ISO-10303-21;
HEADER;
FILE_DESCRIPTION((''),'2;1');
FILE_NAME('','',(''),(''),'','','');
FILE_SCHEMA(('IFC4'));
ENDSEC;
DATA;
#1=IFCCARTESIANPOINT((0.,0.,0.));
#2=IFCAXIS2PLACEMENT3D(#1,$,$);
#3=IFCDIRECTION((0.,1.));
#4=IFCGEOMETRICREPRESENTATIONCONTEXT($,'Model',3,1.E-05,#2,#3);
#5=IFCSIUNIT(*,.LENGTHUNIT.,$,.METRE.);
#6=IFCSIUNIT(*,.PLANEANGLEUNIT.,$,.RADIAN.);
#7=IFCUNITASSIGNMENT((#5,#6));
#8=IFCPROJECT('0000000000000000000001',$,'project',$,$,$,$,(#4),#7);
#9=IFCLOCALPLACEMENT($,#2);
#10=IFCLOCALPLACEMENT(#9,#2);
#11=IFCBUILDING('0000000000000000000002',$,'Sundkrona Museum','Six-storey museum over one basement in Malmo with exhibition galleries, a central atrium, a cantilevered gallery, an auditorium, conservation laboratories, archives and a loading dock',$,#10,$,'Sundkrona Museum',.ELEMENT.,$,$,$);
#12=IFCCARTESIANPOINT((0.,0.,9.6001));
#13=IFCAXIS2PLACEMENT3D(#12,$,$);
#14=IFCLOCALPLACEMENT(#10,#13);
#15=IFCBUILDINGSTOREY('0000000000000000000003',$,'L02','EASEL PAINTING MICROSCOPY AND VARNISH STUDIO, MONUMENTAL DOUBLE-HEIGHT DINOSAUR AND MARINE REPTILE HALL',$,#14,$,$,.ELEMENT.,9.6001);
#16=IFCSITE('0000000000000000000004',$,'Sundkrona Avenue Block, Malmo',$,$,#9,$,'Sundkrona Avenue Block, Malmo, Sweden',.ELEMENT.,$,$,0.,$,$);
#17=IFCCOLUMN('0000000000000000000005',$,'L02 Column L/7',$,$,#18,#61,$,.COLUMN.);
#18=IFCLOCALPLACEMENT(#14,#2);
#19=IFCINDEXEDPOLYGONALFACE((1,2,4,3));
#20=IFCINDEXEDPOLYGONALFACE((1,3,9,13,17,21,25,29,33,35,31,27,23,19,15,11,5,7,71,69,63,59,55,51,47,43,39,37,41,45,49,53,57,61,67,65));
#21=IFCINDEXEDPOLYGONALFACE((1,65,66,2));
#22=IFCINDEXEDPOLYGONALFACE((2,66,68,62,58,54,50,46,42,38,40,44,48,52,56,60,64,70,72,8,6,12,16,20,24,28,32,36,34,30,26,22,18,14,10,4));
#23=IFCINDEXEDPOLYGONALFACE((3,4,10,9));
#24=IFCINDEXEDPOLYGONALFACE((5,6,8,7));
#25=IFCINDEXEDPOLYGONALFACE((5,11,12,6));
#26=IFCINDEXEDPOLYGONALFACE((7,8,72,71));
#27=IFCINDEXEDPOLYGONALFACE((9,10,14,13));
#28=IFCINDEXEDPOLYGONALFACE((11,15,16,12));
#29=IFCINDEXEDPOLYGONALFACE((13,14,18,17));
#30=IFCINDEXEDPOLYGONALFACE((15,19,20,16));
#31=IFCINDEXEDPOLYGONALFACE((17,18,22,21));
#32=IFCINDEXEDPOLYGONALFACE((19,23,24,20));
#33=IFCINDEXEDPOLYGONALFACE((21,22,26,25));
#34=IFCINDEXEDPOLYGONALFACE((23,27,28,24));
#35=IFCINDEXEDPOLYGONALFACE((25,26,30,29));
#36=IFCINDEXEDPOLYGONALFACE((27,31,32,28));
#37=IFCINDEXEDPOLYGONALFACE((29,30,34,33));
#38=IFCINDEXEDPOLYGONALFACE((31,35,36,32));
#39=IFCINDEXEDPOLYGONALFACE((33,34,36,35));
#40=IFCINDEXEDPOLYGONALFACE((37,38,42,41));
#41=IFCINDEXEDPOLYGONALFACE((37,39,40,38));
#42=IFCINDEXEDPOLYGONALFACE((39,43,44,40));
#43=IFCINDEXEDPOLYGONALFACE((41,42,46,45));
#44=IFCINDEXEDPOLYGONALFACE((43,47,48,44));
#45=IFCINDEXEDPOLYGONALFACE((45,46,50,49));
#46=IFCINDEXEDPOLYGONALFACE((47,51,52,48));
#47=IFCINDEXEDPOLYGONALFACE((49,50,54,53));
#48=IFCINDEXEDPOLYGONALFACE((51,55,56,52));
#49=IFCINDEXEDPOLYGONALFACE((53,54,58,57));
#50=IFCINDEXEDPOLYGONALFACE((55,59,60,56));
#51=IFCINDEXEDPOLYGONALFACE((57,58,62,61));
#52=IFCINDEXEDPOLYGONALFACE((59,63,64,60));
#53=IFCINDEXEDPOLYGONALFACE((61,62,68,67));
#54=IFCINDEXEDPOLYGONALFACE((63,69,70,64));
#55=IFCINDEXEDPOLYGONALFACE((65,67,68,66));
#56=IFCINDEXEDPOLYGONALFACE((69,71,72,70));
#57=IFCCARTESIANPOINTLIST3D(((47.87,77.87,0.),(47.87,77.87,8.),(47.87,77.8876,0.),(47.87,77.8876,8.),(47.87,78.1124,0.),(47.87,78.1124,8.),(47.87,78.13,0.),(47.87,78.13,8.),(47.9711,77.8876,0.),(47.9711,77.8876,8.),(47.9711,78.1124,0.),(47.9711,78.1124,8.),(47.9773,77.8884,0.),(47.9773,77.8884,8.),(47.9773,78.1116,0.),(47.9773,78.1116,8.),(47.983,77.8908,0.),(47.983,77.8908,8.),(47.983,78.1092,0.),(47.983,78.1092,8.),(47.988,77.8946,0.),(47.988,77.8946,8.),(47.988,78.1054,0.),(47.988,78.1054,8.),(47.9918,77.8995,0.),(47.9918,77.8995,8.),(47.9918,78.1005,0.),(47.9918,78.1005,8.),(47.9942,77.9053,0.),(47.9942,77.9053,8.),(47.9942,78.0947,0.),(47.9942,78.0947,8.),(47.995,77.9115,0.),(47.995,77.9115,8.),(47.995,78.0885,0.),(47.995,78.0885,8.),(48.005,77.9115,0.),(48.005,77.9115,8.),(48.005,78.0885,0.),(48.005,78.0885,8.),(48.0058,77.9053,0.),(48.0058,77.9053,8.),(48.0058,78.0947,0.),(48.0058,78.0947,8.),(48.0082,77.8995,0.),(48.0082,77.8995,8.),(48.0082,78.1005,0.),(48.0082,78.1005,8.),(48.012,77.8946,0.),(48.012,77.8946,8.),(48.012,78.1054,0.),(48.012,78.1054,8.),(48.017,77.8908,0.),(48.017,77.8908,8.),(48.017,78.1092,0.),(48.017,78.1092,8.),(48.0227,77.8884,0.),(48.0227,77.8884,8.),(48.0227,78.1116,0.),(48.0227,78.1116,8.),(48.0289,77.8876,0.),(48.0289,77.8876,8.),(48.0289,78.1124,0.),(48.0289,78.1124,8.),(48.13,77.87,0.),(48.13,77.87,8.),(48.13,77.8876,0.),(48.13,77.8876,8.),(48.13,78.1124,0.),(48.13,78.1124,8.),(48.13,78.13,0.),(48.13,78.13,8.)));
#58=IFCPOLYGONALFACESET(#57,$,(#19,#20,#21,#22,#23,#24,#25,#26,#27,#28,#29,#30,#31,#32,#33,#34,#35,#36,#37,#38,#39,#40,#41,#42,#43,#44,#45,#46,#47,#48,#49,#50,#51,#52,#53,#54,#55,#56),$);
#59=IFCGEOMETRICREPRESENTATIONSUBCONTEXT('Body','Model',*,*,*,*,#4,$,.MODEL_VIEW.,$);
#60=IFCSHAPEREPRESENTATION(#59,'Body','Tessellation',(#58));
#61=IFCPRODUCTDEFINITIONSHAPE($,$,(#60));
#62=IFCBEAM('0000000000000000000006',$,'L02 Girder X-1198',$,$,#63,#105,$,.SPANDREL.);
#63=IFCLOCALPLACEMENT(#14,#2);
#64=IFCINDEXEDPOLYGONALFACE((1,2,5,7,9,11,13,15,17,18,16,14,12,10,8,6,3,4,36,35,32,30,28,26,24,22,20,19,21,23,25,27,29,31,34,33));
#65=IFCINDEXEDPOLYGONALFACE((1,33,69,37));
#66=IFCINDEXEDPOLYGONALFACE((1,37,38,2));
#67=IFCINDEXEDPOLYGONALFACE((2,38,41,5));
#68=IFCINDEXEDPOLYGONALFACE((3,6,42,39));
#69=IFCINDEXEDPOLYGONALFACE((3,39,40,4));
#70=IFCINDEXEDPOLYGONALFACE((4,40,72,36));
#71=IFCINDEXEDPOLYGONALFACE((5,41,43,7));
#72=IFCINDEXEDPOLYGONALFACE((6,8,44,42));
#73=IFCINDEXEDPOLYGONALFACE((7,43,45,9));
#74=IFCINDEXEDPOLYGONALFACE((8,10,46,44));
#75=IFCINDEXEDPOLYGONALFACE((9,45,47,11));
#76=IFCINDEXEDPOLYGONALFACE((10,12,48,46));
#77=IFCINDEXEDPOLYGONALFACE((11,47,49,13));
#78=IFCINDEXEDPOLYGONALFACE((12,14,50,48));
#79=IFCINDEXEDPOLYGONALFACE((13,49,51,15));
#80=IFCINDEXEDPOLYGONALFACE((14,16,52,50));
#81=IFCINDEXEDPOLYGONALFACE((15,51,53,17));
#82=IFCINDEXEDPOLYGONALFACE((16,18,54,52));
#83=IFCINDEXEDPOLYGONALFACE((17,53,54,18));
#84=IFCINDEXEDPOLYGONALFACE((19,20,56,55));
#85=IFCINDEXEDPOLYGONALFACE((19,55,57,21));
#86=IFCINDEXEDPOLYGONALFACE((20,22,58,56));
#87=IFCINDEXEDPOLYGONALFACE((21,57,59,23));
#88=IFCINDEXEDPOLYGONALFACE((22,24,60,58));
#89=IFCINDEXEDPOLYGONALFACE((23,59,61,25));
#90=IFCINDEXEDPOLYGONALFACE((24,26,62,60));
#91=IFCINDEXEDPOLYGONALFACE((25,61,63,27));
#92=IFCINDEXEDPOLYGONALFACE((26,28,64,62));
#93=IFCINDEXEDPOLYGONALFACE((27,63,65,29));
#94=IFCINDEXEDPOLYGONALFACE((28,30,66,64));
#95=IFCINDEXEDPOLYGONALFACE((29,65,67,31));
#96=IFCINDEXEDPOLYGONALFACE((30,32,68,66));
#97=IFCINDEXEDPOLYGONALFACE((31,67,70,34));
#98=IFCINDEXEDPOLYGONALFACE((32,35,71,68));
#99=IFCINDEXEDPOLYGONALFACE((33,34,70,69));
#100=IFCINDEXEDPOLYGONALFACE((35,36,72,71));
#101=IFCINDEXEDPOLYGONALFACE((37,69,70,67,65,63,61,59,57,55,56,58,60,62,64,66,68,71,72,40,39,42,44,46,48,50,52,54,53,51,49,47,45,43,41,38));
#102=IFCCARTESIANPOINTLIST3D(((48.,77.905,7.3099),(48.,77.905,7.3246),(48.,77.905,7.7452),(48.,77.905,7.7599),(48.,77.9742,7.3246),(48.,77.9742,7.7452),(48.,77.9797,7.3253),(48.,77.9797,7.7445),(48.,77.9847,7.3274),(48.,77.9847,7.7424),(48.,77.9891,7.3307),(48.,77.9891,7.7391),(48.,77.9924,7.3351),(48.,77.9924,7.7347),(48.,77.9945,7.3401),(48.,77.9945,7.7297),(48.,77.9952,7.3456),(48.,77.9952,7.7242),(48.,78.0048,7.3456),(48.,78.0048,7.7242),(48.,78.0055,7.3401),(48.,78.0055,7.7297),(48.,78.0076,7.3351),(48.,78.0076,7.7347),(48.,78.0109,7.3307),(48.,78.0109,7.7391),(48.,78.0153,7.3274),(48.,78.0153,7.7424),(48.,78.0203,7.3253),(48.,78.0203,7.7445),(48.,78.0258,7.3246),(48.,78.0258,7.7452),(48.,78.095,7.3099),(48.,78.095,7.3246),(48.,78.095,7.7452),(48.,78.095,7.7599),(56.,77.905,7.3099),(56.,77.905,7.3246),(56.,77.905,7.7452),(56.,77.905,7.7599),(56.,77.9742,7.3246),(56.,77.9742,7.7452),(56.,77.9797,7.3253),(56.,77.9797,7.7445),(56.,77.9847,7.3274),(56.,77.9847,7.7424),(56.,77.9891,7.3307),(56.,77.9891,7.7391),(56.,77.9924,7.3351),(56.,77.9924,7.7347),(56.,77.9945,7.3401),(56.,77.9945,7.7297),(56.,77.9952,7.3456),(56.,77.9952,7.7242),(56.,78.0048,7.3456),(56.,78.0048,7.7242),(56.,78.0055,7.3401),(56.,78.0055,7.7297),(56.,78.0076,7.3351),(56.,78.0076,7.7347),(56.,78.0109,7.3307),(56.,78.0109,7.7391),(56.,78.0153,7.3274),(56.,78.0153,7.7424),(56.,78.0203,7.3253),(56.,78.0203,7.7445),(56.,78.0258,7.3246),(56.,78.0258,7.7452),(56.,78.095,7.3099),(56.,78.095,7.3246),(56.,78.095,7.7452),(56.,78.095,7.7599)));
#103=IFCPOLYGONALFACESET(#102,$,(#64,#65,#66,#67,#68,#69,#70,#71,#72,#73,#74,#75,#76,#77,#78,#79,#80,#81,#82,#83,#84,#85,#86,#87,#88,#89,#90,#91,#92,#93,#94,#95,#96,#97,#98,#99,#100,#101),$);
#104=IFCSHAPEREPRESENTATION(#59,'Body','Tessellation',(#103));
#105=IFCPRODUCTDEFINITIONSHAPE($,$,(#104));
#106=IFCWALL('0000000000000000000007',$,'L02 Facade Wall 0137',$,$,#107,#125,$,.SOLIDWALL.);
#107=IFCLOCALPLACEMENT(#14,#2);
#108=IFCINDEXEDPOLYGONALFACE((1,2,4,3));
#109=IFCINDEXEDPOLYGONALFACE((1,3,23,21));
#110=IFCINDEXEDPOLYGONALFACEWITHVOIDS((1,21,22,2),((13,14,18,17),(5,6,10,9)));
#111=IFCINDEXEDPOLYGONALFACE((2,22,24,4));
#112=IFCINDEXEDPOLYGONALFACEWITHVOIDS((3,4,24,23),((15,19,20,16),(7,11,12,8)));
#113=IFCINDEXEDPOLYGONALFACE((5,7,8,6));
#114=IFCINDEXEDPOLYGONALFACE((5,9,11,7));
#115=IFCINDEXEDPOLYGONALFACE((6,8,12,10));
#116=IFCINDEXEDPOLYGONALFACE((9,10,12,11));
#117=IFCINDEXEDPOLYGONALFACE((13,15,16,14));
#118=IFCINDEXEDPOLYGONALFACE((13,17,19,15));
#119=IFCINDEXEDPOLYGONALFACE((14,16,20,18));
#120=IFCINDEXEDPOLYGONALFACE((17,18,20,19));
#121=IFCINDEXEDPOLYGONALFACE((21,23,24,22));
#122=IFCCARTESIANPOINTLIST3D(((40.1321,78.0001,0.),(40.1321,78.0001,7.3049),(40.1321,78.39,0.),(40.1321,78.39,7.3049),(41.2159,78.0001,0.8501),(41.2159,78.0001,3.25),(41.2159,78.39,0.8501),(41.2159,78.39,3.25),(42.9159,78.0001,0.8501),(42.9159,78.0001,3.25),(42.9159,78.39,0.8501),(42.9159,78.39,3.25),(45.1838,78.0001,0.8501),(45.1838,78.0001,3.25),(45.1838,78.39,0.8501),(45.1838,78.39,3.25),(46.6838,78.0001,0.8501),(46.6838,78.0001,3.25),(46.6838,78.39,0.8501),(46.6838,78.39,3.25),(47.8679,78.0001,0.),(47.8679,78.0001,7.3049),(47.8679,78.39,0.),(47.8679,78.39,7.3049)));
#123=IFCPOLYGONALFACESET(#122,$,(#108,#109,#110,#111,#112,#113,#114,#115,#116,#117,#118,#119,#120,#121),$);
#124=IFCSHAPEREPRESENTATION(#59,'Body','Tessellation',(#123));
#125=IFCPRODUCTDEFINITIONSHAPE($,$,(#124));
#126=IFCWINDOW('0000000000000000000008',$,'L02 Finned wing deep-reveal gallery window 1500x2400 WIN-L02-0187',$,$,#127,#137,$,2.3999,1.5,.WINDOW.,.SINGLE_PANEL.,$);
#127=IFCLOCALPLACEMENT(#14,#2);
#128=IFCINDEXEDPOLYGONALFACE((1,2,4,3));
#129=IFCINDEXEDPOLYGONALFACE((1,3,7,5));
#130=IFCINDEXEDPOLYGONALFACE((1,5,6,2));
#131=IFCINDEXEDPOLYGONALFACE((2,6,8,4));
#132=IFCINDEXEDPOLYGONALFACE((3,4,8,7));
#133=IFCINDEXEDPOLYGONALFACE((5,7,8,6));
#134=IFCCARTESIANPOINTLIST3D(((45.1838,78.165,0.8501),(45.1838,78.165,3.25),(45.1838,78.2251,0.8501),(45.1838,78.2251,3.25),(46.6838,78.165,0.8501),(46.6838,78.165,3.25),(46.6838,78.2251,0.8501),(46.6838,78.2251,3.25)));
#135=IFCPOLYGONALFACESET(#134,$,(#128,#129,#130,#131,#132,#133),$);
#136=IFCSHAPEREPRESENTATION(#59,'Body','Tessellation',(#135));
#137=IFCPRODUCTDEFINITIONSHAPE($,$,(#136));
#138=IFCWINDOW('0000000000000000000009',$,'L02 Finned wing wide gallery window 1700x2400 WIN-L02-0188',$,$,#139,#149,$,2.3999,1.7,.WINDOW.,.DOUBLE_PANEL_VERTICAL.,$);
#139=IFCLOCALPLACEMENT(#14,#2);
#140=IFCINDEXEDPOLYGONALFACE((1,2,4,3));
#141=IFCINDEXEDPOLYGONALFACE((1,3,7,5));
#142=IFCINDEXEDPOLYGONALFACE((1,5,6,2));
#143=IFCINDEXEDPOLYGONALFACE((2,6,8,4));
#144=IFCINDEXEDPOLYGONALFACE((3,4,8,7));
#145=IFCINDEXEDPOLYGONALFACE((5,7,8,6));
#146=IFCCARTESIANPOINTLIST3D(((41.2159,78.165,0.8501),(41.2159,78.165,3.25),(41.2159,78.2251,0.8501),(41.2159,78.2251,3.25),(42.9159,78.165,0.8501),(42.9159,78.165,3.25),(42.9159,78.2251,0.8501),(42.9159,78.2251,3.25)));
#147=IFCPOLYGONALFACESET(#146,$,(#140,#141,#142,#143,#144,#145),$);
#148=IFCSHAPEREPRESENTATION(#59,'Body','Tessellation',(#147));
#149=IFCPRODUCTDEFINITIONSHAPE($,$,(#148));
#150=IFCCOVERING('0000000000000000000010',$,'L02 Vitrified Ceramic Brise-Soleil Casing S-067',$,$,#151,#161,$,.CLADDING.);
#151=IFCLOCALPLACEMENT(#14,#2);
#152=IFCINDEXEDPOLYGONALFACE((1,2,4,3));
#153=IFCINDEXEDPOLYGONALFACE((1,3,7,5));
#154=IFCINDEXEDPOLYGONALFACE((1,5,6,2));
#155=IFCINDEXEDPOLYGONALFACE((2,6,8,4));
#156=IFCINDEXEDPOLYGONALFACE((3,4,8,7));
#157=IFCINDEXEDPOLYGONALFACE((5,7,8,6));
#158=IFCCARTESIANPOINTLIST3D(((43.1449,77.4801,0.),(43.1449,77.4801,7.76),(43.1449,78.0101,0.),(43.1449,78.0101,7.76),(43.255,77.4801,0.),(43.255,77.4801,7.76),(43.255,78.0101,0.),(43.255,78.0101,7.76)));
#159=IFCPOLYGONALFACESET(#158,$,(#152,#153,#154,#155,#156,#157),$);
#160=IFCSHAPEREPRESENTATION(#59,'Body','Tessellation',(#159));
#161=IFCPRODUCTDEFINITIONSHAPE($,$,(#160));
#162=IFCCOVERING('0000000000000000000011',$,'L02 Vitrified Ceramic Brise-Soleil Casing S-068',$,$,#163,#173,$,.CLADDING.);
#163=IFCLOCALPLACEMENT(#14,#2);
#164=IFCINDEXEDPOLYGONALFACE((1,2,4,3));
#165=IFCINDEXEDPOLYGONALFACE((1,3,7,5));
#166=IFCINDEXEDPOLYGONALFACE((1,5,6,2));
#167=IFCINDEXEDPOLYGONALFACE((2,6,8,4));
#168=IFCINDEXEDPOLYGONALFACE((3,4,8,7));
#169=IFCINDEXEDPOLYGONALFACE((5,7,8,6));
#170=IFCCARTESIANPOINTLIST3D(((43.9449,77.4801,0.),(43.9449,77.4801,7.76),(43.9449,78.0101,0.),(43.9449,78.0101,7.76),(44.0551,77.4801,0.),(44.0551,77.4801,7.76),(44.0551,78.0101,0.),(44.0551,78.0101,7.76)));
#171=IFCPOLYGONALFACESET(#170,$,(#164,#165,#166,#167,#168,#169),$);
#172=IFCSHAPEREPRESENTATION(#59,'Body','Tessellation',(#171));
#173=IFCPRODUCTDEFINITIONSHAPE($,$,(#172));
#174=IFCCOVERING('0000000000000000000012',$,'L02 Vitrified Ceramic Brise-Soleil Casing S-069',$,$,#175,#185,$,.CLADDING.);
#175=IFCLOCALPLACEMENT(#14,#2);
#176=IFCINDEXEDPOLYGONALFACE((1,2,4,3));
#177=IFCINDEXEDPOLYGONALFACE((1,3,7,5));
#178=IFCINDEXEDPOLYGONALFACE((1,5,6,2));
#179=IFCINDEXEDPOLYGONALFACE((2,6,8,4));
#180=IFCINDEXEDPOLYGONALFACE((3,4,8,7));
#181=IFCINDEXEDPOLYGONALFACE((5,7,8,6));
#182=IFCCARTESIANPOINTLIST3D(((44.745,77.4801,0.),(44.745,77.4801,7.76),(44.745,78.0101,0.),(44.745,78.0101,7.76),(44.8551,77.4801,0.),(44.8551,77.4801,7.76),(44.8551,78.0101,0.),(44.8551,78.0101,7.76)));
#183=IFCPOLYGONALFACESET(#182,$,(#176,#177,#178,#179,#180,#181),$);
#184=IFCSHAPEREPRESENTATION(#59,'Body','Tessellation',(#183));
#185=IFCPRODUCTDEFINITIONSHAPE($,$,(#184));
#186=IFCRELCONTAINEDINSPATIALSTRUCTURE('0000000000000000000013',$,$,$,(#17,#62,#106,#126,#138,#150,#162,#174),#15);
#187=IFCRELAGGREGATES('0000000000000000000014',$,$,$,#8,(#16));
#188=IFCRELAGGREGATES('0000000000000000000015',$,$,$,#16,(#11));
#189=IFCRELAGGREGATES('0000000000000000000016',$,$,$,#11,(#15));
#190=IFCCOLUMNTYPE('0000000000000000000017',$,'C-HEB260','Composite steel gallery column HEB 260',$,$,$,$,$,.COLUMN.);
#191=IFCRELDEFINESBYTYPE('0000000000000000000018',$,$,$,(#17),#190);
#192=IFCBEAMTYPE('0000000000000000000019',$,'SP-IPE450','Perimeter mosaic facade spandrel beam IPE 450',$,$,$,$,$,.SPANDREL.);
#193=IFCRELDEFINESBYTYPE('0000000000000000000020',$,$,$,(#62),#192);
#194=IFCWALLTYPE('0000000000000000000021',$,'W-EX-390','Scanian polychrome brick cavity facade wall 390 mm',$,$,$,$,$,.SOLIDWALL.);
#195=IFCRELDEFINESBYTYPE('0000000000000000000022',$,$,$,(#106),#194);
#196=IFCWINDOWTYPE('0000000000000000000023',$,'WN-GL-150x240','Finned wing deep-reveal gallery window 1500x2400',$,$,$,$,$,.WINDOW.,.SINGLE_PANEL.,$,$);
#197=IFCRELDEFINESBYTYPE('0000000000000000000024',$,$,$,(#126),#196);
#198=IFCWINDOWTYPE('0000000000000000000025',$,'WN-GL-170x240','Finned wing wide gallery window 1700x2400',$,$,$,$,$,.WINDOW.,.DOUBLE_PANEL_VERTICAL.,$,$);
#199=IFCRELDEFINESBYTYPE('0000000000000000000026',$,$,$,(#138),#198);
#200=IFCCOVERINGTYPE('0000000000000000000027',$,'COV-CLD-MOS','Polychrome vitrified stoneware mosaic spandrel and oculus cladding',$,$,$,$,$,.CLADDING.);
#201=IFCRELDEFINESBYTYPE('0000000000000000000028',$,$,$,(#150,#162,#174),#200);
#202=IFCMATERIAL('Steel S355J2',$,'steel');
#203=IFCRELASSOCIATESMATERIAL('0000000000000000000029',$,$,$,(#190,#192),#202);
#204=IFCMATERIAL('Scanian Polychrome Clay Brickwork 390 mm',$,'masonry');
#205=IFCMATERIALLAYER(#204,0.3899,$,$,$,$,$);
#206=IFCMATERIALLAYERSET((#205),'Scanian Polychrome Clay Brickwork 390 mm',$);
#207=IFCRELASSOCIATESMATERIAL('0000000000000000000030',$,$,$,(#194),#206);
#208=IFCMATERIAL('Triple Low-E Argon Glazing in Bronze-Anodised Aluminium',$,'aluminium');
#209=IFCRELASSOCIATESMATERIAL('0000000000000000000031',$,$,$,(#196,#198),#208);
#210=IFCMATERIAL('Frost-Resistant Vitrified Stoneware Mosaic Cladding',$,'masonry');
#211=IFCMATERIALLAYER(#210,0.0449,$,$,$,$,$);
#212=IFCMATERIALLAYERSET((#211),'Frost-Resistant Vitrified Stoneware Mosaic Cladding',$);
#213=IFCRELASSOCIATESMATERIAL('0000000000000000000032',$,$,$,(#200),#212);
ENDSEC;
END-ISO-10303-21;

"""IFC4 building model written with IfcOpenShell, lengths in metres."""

from ifc_helpers import new_model, si_unit, direction, frame, frame_2d, origin, origin_2d, place, context, subcontext, project, spatial, rectangle, i_section, extrude, material, layer, layer_set, material_profile, profile_set, type_object, element, fill, save


model = new_model("IFC4")

# Units and contexts
model_context = context("Model", 3, precision=1e-05, world=origin(), true_north=direction((0.0, 1.0)))
body_context = subcontext(model_context, "Body", "Model", "MODEL_VIEW")
ifc_project = project(units=[si_unit("LENGTHUNIT", "METRE"), si_unit("PLANEANGLEUNIT", "RADIAN")], contexts=[model_context])

# Site, building, storey
site_placement = place(None, origin())
site = spatial("IfcSite", under=ifc_project, at=site_placement, Name="Sundkrona Avenue Block, Malmo", LongName="Sundkrona Avenue Block, Malmo, Sweden", CompositionType="ELEMENT", RefElevation=0.0)
building_placement = place(site_placement, origin())
building = spatial("IfcBuilding", under=site, at=building_placement, Name="Sundkrona Museum", Description="Six-storey museum over one basement in Malmo with exhibition galleries, a central atrium, a cantilevered gallery, an auditorium, conservation laboratories, archives and a loading dock", LongName="Sundkrona Museum", CompositionType="ELEMENT")
storey_placement = place(building_placement, frame((0.0, 0.0, 9.6001)))
storey = spatial("IfcBuildingStorey", under=building, at=storey_placement, Name="L02", Description="EASEL PAINTING MICROSCOPY AND VARNISH STUDIO, MONUMENTAL DOUBLE-HEIGHT DINOSAUR AND MARINE REPTILE HALL", CompositionType="ELEMENT", Elevation=9.6001)

# Column
ifc_material_1 = material(Name="Steel S355J2", Category="steel")
ifc_material_profile_1 = material_profile(ifc_material_1, i_section(OverallWidth=0.26, OverallDepth=0.26, WebThickness=0.01, FlangeThickness=0.0176, FilletRadius=0.0239, at=origin_2d()), Name="HEB 260")
ifc_profile_set_1 = profile_set([ifc_material_profile_1], Name="Steel S355J2")
column_type = type_object("IfcColumnType", Name="C-HEB260", Description="Composite steel gallery column HEB 260", PredefinedType="COLUMN", material=ifc_profile_set_1)
column_placement = place(storey_placement, frame((48.0, 78.0, 0.0), z_axis=(0.0, 0.0, 1.0), x_axis=(1.0, 0.0, 0.0)))
element("IfcColumn", 1, at=column_placement, inside=storey, type_object=column_type, Name="L02 Column L/7", PredefinedType="COLUMN", context=body_context, shape_type="SweptSolid", body=[
    extrude(i_section(OverallWidth=0.26, OverallDepth=0.26, WebThickness=0.01, FlangeThickness=0.0176, FilletRadius=0.0239, at=origin_2d()), origin(), (0.0, 0.0, 1.0), 8.0),
])

# Beam
ifc_material_profile_2 = material_profile(ifc_material_1, i_section(OverallWidth=0.1899, OverallDepth=0.45, WebThickness=0.0095, FlangeThickness=0.0146, FilletRadius=0.021, at=origin_2d()), Name="IPE 450")
ifc_profile_set_2 = profile_set([ifc_material_profile_2], Name="Steel S355J2")
beam_type = type_object("IfcBeamType", Name="SP-IPE450", Description="Perimeter mosaic facade spandrel beam IPE 450", PredefinedType="SPANDREL", material=ifc_profile_set_2)
beam_placement = place(storey_placement, frame((48.0, 78.0, 7.5349), z_axis=(1.0, 0.0, 0.0), x_axis=(0.0, 1.0, 0.0)))
element("IfcBeam", 2, at=beam_placement, inside=storey, type_object=beam_type, Name="L02 Girder X-1198", PredefinedType="SPANDREL", context=body_context, shape_type="SweptSolid", body=[
    extrude(i_section(OverallWidth=0.1899, OverallDepth=0.45, WebThickness=0.0095, FlangeThickness=0.0146, FilletRadius=0.021, at=origin_2d()), origin(), (0.0, 0.0, 1.0), 8.0),
])

# Wall, openings, windows
ifc_material_2 = material(Name="Scanian Polychrome Clay Brickwork 390 mm", Category="masonry")
ifc_layer_1 = layer(ifc_material_2, 0.3899)
ifc_layer_set_1 = layer_set([ifc_layer_1], Name="Scanian Polychrome Clay Brickwork 390 mm")
wall_type = type_object("IfcWallType", Name="W-EX-390", Description="Scanian polychrome brick cavity facade wall 390 mm", PredefinedType="SOLIDWALL", material=ifc_layer_set_1)
wall_placement = place(storey_placement, frame((47.8679, 78.1951, 0.0), z_axis=(0.0, 0.0, 1.0), x_axis=(-1.0, 0.0, 0.0)))
wall = element("IfcWall", 3, at=wall_placement, inside=storey, type_object=wall_type, Name="L02 Facade Wall 0137", PredefinedType="SOLIDWALL", context=body_context, shape_type="SweptSolid", body=[
    extrude(rectangle(XDim=7.7358, YDim=0.3899, at=frame_2d((3.8679, 0.0))), origin(), (0.0, 0.0, 1.0), 7.3049),
])
opening_1_placement = place(wall_placement, frame((1.1841, 0.0, 0.8501)))
opening_1 = element("IfcOpeningElement", 4, at=opening_1_placement, cuts=wall, PredefinedType="OPENING", context=body_context, shape_type="SweptSolid", body=[
    extrude(rectangle(XDim=1.5, YDim=2.3999, at=frame_2d((0.75, 1.2))), frame((0.0, 0.2048, 0.0), z_axis=(0.0, -1.0, 0.0), x_axis=(1.0, 0.0, 0.0)), (0.0, 0.0, 1.0), 0.4099),
])
opening_2_placement = place(wall_placement, frame((4.9519, 0.0, 0.8501)))
opening_2 = element("IfcOpeningElement", 5, at=opening_2_placement, cuts=wall, PredefinedType="OPENING", context=body_context, shape_type="SweptSolid", body=[
    extrude(rectangle(XDim=1.7, YDim=2.3999, at=frame_2d((0.8501, 1.2))), frame((0.0, 0.2048, 0.0), z_axis=(0.0, -1.0, 0.0), x_axis=(1.0, 0.0, 0.0)), (0.0, 0.0, 1.0), 0.4099),
])
ifc_material_3 = material(Name="Triple Low-E Argon Glazing in Bronze-Anodised Aluminium", Category="aluminium")
window_type_1 = type_object("IfcWindowType", Name="WN-GL-150x240", Description="Finned wing deep-reveal gallery window 1500x2400", PartitioningType="SINGLE_PANEL", PredefinedType="WINDOW", material=ifc_material_3)
window_1_placement = place(opening_1_placement, origin())
window_1 = element("IfcWindow", 6, at=window_1_placement, inside=storey, type_object=window_type_1, Name="L02 Finned wing deep-reveal gallery window 1500x2400 WIN-L02-0187", OverallHeight=2.3999, OverallWidth=1.5, PartitioningType="SINGLE_PANEL", PredefinedType="WINDOW", context=body_context, shape_type="SweptSolid", body=[
    extrude(rectangle(XDim=1.5, YDim=2.3999, at=frame_2d((0.75, 1.2))), frame((0.0, 0.03, 0.0), z_axis=(0.0, -1.0, 0.0), x_axis=(1.0, 0.0, 0.0)), (0.0, 0.0, 1.0), 0.0601),
])
fill(opening_1, window_1)
window_type_2 = type_object("IfcWindowType", Name="WN-GL-170x240", Description="Finned wing wide gallery window 1700x2400", PartitioningType="DOUBLE_PANEL_VERTICAL", PredefinedType="WINDOW", material=ifc_material_3)
window_2_placement = place(opening_2_placement, origin())
window_2 = element("IfcWindow", 7, at=window_2_placement, inside=storey, type_object=window_type_2, Name="L02 Finned wing wide gallery window 1700x2400 WIN-L02-0188", OverallHeight=2.3999, OverallWidth=1.7, PartitioningType="DOUBLE_PANEL_VERTICAL", PredefinedType="WINDOW", context=body_context, shape_type="SweptSolid", body=[
    extrude(rectangle(XDim=1.7, YDim=2.3999, at=frame_2d((0.8501, 1.2))), frame((0.0, 0.03, 0.0), z_axis=(0.0, -1.0, 0.0), x_axis=(1.0, 0.0, 0.0)), (0.0, 0.0, 1.0), 0.0601),
])
fill(opening_2, window_2)

# Coverings
ifc_material_4 = material(Name="Frost-Resistant Vitrified Stoneware Mosaic Cladding", Category="masonry")
ifc_layer_2 = layer(ifc_material_4, 0.0449)
ifc_layer_set_2 = layer_set([ifc_layer_2], Name="Frost-Resistant Vitrified Stoneware Mosaic Cladding")
covering_type = type_object("IfcCoveringType", Name="COV-CLD-MOS", Description="Polychrome vitrified stoneware mosaic spandrel and oculus cladding", PredefinedType="CLADDING", material=ifc_layer_set_2)
for number, where, z_axis, x_axis, name in (
    (8, (43.2, 77.7451, 0.0), (0.0, 0.0, 1.0), (1.0, 0.0, 0.0), "L02 Vitrified Ceramic Brise-Soleil Casing S-067"),
    (9, (44.0, 77.7451, 0.0), (0.0, 0.0, 1.0), (1.0, 0.0, 0.0), "L02 Vitrified Ceramic Brise-Soleil Casing S-068"),
    (10, (44.8, 77.7451, 0.0), (0.0, 0.0, 1.0), (1.0, 0.0, 0.0), "L02 Vitrified Ceramic Brise-Soleil Casing S-069"),
):
    element("IfcCovering", number, at=place(storey_placement, frame(where, z_axis=z_axis, x_axis=x_axis)), inside=storey, type_object=covering_type, Name=name, PredefinedType="CLADDING", context=body_context, shape_type="SweptSolid", body=[
        extrude(rectangle(XDim=0.1101, YDim=0.53, at=origin_2d()), origin(), (0.0, 0.0, 1.0), 7.76),
    ])

save(model, "model.ifc")
